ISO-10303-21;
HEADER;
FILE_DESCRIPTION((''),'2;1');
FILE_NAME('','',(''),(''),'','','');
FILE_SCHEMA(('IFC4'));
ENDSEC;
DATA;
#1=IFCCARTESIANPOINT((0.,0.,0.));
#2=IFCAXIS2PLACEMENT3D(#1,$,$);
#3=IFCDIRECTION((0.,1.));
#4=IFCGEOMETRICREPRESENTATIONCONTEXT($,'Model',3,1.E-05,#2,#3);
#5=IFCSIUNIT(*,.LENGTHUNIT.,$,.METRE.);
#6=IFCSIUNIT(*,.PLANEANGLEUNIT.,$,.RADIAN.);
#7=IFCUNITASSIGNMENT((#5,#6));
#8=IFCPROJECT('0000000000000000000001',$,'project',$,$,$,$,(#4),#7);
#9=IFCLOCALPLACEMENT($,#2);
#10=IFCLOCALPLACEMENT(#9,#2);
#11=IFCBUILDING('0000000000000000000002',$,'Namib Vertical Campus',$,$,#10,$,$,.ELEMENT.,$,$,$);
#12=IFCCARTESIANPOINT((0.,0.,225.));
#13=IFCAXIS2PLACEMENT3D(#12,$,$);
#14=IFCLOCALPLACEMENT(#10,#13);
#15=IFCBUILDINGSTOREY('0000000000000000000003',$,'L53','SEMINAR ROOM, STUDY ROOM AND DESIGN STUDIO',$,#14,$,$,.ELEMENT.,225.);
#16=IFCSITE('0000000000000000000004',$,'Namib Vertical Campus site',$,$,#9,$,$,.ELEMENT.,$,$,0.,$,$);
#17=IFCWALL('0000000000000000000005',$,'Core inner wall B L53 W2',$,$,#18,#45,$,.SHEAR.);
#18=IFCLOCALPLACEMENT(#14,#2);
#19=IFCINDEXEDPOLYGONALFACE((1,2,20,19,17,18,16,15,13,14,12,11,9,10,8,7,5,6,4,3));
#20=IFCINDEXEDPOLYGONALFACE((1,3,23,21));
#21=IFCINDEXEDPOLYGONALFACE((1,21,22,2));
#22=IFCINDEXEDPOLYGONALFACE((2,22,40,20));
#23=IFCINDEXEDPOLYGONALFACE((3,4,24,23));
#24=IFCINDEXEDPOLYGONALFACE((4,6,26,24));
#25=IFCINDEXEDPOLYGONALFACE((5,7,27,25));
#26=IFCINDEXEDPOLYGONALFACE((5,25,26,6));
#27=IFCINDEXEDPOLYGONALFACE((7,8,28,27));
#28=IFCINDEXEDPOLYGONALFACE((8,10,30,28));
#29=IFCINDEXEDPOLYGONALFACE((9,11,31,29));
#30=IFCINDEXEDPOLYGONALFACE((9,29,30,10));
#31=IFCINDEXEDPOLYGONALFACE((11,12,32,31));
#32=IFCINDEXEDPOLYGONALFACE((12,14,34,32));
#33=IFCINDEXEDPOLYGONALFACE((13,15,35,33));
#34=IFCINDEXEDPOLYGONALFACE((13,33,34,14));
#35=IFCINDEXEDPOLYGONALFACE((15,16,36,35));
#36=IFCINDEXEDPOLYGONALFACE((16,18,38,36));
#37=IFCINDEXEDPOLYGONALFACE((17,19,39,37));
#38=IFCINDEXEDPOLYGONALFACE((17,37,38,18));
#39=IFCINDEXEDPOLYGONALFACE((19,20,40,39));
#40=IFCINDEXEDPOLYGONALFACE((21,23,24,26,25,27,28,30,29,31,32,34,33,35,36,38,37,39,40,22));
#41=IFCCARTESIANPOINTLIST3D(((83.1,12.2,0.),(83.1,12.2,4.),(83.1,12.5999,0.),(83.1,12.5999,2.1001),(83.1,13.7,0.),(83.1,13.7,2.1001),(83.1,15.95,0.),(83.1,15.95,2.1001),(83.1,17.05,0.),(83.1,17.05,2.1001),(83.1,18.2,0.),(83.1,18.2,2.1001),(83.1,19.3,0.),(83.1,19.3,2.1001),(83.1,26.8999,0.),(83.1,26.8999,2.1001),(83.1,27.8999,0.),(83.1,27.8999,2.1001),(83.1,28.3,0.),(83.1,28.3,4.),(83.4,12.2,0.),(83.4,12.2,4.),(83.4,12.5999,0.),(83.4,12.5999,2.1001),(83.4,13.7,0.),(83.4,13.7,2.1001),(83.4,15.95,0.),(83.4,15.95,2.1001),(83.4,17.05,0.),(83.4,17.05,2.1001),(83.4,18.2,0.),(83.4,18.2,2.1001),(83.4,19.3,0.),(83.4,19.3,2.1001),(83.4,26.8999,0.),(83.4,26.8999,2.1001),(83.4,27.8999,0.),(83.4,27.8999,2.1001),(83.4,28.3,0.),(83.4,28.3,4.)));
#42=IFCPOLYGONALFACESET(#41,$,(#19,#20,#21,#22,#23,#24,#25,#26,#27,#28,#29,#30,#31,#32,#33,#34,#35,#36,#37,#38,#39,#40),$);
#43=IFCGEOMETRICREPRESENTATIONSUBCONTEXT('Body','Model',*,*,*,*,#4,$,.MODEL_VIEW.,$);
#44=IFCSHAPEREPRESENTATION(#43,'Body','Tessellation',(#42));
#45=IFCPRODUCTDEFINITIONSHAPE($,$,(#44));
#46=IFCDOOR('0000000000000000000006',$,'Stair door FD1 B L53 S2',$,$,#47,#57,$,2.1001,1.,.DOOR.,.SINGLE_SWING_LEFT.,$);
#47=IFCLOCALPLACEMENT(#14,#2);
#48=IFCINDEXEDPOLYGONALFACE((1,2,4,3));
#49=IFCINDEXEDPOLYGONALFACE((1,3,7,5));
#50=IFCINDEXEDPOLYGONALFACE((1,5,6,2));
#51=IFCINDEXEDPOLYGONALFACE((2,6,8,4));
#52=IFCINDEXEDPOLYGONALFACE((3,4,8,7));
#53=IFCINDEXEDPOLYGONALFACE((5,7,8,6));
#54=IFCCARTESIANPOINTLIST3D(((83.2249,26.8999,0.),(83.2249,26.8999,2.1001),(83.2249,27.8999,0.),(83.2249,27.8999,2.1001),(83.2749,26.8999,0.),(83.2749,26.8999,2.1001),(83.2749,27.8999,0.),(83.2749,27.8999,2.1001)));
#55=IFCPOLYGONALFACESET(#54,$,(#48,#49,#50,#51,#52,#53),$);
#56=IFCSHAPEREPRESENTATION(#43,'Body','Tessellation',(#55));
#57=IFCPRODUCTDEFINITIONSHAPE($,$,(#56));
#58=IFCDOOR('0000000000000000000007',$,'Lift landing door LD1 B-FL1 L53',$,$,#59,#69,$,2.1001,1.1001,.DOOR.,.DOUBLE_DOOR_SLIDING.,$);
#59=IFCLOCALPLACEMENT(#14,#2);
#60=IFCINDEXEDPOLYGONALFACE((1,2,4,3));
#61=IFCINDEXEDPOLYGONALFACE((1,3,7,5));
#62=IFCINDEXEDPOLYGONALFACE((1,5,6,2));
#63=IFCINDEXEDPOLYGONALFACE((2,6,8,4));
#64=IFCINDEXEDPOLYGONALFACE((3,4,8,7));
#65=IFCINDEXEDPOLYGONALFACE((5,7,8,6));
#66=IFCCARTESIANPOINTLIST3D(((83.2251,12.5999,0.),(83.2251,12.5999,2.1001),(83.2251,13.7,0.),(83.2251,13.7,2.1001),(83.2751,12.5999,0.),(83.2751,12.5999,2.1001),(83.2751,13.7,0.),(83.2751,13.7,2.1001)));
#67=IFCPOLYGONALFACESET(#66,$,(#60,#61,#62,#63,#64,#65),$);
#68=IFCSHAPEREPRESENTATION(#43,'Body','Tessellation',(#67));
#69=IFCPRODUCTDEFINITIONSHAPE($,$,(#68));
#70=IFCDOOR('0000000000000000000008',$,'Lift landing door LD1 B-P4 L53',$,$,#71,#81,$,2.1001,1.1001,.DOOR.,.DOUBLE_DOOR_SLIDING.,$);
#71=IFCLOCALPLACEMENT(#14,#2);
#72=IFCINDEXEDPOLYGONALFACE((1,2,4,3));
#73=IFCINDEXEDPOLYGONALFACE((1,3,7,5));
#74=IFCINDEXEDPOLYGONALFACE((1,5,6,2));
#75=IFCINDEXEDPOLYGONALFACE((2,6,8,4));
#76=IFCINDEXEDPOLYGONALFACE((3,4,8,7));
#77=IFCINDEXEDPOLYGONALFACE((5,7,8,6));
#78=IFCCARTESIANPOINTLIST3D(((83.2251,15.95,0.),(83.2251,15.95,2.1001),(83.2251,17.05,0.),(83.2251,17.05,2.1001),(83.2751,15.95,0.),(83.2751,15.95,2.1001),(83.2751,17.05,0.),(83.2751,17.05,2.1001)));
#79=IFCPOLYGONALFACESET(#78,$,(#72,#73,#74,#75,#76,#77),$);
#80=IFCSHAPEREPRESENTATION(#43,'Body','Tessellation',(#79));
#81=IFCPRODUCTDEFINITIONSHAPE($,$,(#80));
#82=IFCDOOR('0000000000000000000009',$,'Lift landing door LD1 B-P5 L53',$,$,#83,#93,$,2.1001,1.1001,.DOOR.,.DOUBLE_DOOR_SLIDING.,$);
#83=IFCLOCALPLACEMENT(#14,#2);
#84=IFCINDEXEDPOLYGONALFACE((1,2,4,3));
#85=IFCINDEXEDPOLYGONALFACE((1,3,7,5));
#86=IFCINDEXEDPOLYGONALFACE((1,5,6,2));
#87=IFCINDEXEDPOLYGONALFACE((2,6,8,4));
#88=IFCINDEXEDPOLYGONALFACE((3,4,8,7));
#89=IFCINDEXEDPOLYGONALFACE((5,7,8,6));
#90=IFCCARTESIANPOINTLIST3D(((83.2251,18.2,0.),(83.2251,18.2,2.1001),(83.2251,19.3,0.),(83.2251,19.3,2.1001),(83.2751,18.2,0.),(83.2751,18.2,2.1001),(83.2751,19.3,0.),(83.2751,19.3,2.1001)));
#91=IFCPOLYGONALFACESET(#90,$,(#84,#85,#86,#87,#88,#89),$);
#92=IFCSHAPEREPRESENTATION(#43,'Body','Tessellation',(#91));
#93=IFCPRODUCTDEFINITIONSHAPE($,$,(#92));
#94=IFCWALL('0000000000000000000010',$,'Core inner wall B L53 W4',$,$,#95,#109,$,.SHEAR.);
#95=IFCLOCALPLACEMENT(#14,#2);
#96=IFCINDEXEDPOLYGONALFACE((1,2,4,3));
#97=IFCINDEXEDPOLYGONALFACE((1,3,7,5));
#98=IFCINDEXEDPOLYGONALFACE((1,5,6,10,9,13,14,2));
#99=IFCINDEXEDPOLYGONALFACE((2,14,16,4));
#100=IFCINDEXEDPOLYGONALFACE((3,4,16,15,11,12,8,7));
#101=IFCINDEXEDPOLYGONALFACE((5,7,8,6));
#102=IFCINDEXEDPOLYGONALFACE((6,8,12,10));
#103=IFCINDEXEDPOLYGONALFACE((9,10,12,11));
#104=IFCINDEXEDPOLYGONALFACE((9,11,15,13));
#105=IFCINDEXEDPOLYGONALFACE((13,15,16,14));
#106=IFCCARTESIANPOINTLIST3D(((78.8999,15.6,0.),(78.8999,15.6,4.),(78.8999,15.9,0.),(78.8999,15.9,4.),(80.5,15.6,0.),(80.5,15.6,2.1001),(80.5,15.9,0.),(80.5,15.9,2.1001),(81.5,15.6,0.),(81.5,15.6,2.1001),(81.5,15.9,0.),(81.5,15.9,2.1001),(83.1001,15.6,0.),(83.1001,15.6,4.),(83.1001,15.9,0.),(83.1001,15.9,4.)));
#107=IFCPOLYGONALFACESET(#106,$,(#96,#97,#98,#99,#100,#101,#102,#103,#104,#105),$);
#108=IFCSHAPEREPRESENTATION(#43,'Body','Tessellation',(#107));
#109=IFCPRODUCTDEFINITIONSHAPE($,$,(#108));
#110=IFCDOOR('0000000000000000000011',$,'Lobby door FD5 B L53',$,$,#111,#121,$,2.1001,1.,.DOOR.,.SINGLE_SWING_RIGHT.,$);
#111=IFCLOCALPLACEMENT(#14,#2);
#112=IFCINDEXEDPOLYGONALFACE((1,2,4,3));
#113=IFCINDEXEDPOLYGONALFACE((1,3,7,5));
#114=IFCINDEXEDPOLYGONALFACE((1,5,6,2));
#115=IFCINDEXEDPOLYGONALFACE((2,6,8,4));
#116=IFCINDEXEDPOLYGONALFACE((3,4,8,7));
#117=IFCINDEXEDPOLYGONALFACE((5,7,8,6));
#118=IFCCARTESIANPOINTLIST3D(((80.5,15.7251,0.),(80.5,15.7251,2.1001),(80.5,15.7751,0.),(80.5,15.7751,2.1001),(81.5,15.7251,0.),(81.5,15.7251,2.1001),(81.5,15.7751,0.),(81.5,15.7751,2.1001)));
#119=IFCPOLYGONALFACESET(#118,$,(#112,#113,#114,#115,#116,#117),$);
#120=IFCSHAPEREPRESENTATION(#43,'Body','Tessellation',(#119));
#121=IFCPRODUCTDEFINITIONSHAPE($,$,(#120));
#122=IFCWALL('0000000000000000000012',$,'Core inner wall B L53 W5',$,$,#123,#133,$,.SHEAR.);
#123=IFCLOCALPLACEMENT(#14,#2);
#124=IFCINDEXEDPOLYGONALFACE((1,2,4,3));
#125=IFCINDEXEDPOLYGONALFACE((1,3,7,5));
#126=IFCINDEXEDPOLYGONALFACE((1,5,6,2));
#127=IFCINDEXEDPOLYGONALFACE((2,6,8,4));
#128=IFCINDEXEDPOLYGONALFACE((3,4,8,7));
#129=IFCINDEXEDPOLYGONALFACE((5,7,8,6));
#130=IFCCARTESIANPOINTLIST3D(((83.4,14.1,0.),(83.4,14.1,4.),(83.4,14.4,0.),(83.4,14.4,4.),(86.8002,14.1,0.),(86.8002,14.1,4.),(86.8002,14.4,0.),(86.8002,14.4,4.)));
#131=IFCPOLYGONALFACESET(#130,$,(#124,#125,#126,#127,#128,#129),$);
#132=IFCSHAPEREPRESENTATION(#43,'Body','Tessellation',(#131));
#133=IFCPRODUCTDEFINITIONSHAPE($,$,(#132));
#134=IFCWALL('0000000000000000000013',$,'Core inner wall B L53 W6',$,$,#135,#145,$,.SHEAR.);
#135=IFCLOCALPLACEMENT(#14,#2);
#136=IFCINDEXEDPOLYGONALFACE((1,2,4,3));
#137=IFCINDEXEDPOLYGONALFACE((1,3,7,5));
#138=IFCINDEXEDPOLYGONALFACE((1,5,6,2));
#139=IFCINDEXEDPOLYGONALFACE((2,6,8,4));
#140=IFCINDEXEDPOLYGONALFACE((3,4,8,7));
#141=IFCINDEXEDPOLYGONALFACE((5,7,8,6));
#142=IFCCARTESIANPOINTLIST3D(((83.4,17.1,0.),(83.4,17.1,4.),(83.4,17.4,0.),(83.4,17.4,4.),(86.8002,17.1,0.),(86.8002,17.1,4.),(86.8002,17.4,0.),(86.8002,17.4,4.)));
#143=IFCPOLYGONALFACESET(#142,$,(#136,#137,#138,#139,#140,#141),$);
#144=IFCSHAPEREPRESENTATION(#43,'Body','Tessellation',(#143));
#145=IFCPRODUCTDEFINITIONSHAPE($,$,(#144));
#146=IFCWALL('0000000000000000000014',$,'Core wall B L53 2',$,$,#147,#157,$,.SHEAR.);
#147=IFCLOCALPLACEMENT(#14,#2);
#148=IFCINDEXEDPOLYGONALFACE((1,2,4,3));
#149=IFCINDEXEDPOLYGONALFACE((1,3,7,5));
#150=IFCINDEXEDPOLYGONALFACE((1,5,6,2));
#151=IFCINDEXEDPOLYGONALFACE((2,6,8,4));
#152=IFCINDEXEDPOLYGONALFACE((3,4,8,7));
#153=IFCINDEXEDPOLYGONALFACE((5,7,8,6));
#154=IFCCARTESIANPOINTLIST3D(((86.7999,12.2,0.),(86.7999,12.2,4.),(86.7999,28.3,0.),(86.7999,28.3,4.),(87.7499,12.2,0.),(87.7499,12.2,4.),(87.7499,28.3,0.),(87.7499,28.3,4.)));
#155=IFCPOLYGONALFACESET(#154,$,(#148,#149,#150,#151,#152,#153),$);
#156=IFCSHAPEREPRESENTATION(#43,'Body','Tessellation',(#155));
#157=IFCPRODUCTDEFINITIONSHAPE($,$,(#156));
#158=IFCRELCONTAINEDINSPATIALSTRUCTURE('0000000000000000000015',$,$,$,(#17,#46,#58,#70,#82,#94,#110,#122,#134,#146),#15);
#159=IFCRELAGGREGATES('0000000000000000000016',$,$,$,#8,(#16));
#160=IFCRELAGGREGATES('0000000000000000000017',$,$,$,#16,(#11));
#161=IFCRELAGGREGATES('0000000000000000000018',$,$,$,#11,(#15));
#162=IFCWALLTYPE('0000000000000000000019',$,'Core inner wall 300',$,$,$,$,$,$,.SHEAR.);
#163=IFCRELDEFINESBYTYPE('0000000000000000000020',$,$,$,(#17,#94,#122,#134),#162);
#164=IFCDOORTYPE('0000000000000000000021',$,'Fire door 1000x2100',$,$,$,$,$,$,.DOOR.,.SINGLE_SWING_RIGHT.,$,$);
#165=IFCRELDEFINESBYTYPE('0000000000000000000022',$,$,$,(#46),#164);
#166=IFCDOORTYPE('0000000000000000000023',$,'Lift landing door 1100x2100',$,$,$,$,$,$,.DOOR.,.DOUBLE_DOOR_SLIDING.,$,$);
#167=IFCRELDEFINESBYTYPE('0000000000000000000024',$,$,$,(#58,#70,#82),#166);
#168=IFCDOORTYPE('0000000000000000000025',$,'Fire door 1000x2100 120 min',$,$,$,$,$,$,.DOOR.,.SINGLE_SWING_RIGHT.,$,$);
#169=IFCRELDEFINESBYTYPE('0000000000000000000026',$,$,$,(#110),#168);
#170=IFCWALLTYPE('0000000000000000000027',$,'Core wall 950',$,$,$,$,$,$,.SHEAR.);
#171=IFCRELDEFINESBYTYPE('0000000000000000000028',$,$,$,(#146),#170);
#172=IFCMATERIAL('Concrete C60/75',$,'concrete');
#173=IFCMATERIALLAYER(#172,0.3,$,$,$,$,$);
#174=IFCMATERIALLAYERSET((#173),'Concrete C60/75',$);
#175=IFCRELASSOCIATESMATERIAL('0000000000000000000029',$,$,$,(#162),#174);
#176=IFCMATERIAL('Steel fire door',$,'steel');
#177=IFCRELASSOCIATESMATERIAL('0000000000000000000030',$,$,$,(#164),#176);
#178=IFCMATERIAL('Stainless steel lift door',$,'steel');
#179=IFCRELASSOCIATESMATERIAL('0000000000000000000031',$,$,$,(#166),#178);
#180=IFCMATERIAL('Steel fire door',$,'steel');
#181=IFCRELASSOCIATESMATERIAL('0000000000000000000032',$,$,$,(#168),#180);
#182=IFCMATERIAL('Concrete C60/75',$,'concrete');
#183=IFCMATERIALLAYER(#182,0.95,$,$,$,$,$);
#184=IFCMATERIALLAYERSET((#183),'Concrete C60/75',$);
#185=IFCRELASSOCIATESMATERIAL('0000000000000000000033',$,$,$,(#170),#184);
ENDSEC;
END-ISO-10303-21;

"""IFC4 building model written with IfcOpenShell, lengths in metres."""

from ifc_helpers import new_model, si_unit, direction, frame, frame_2d, origin, place, context, subcontext, project, spatial, rectangle, extrude, material, layer, layer_set, type_object, element, fill, save


model = new_model("IFC4")

# Units and contexts
model_context = context("Model", 3, precision=1e-05, world=origin(), true_north=direction((0.0, 1.0)))
body_context = subcontext(model_context, "Body", "Model", "MODEL_VIEW")
ifc_project = project(units=[si_unit("LENGTHUNIT", "METRE"), si_unit("PLANEANGLEUNIT", "RADIAN")], contexts=[model_context])

# Site, building, storey
site_placement = place(None, origin())
site = spatial("IfcSite", under=ifc_project, at=site_placement, Name="Namib Vertical Campus site", CompositionType="ELEMENT", RefElevation=0.0)
building_placement = place(site_placement, origin())
building = spatial("IfcBuilding", under=site, at=building_placement, Name="Namib Vertical Campus", CompositionType="ELEMENT")
storey_placement = place(building_placement, frame((0.0, 0.0, 225.0)))
storey = spatial("IfcBuildingStorey", under=building, at=storey_placement, Name="L53", Description="SEMINAR ROOM, STUDY ROOM AND DESIGN STUDIO", CompositionType="ELEMENT", Elevation=225.0)

# Wall, openings, doors
ifc_material_1 = material(Name="Concrete C60/75", Category="concrete")
ifc_layer_1 = layer(ifc_material_1, 0.3)
ifc_layer_set_1 = layer_set([ifc_layer_1], Name="Concrete C60/75")
wall_type_1 = type_object("IfcWallType", Name="Core inner wall 300", PredefinedType="SHEAR", material=ifc_layer_set_1)
ifc_material_2 = material(Name="Steel fire door", Category="steel")
door_type_1 = type_object("IfcDoorType", Name="Fire door 1000x2100", OperationType="SINGLE_SWING_RIGHT", PredefinedType="DOOR", material=ifc_material_2)
ifc_material_3 = material(Name="Stainless steel lift door", Category="steel")
door_type_2 = type_object("IfcDoorType", Name="Lift landing door 1100x2100", OperationType="DOUBLE_DOOR_SLIDING", PredefinedType="DOOR", material=ifc_material_3)
wall_1_placement = place(storey_placement, frame((83.25, 12.2, 0.0), z_axis=(0.0, 0.0, 1.0), x_axis=(0.0, 1.0, 0.0)))
wall_1 = element("IfcWall", 1, at=wall_1_placement, inside=storey, type_object=wall_type_1, Name="Core inner wall B L53 W2", PredefinedType="SHEAR", context=body_context, shape_type="SweptSolid", body=[
    extrude(rectangle(XDim=16.1001, YDim=0.3, at=frame_2d((8.05, 0.0))), origin(), (0.0, 0.0, 1.0), 4.0),
])
opening_1_placement = place(wall_1_placement, frame((14.7, 0.0, 0.0)))
opening_1 = element("IfcOpeningElement", 2, at=opening_1_placement, cuts=wall_1, PredefinedType="OPENING", context=body_context, shape_type="SweptSolid", body=[
    extrude(rectangle(XDim=1.0, YDim=2.1001, at=frame_2d((0.5, 1.05))), frame((0.0, 0.1599, 0.0), z_axis=(0.0, -1.0, 0.0), x_axis=(1.0, 0.0, 0.0)), (0.0, 0.0, 1.0), 0.3201),
])
opening_2_placement = place(wall_1_placement, frame((0.3999, 0.0, 0.0)))
opening_2 = element("IfcOpeningElement", 3, at=opening_2_placement, cuts=wall_1, PredefinedType="OPENING", context=body_context, shape_type="SweptSolid", body=[
    extrude(rectangle(XDim=1.1001, YDim=2.1001, at=frame_2d((0.55, 1.05))), frame((0.0, 0.1599, 0.0), z_axis=(0.0, -1.0, 0.0), x_axis=(1.0, 0.0, 0.0)), (0.0, 0.0, 1.0), 0.3201),
])
opening_3_placement = place(wall_1_placement, frame((3.75, 0.0, 0.0)))
opening_3 = element("IfcOpeningElement", 4, at=opening_3_placement, cuts=wall_1, PredefinedType="OPENING", context=body_context, shape_type="SweptSolid", body=[
    extrude(rectangle(XDim=1.1001, YDim=2.1001, at=frame_2d((0.55, 1.05))), frame((0.0, 0.1599, 0.0), z_axis=(0.0, -1.0, 0.0), x_axis=(1.0, 0.0, 0.0)), (0.0, 0.0, 1.0), 0.3201),
])
opening_4_placement = place(wall_1_placement, frame((6.0, 0.0, 0.0)))
opening_4 = element("IfcOpeningElement", 5, at=opening_4_placement, cuts=wall_1, PredefinedType="OPENING", context=body_context, shape_type="SweptSolid", body=[
    extrude(rectangle(XDim=1.1001, YDim=2.1001, at=frame_2d((0.55, 1.05))), frame((0.0, 0.1599, 0.0), z_axis=(0.0, -1.0, 0.0), x_axis=(1.0, 0.0, 0.0)), (0.0, 0.0, 1.0), 0.3201),
])
door_1_placement = place(opening_1_placement, frame((1.0, 0.0, 0.0), z_axis=(0.0, 0.0, 1.0), x_axis=(-1.0, 0.0, 0.0)))
door_1 = element("IfcDoor", 6, at=door_1_placement, inside=storey, type_object=door_type_1, Name="Stair door FD1 B L53 S2", OperationType="SINGLE_SWING_LEFT", OverallHeight=2.1001, OverallWidth=1.0, PredefinedType="DOOR", context=body_context, shape_type="SweptSolid", body=[
    extrude(rectangle(XDim=1.0, YDim=2.1001, at=frame_2d((0.5, 1.05))), frame((0.0, 0.0249, 0.0), z_axis=(0.0, -1.0, 0.0), x_axis=(1.0, 0.0, 0.0)), (0.0, 0.0, 1.0), 0.05),
])
fill(opening_1, door_1)
door_2_placement = place(opening_2_placement, origin())
door_2 = element("IfcDoor", 7, at=door_2_placement, inside=storey, type_object=door_type_2, Name="Lift landing door LD1 B-FL1 L53", OperationType="DOUBLE_DOOR_SLIDING", OverallHeight=2.1001, OverallWidth=1.1001, PredefinedType="DOOR", context=body_context, shape_type="SweptSolid", body=[
    extrude(rectangle(XDim=1.1001, YDim=2.1001, at=frame_2d((0.55, 1.05))), frame((0.0, 0.0249, 0.0), z_axis=(0.0, -1.0, 0.0), x_axis=(1.0, 0.0, 0.0)), (0.0, 0.0, 1.0), 0.05),
])
fill(opening_2, door_2)
door_3_placement = place(opening_3_placement, origin())
door_3 = element("IfcDoor", 8, at=door_3_placement, inside=storey, type_object=door_type_2, Name="Lift landing door LD1 B-P4 L53", OperationType="DOUBLE_DOOR_SLIDING", OverallHeight=2.1001, OverallWidth=1.1001, PredefinedType="DOOR", context=body_context, shape_type="SweptSolid", body=[
    extrude(rectangle(XDim=1.1001, YDim=2.1001, at=frame_2d((0.55, 1.05))), frame((0.0, 0.0249, 0.0), z_axis=(0.0, -1.0, 0.0), x_axis=(1.0, 0.0, 0.0)), (0.0, 0.0, 1.0), 0.05),
])
fill(opening_3, door_3)
door_4_placement = place(opening_4_placement, origin())
door_4 = element("IfcDoor", 9, at=door_4_placement, inside=storey, type_object=door_type_2, Name="Lift landing door LD1 B-P5 L53", OperationType="DOUBLE_DOOR_SLIDING", OverallHeight=2.1001, OverallWidth=1.1001, PredefinedType="DOOR", context=body_context, shape_type="SweptSolid", body=[
    extrude(rectangle(XDim=1.1001, YDim=2.1001, at=frame_2d((0.55, 1.05))), frame((0.0, 0.0249, 0.0), z_axis=(0.0, -1.0, 0.0), x_axis=(1.0, 0.0, 0.0)), (0.0, 0.0, 1.0), 0.05),
])
fill(opening_4, door_4)

# Wall, opening, door
wall_2_placement = place(storey_placement, frame((78.8999, 15.75, 0.0), z_axis=(0.0, 0.0, 1.0), x_axis=(1.0, 0.0, 0.0)))
wall_2 = element("IfcWall", 10, at=wall_2_placement, inside=storey, type_object=wall_type_1, Name="Core inner wall B L53 W4", PredefinedType="SHEAR", context=body_context, shape_type="SweptSolid", body=[
    extrude(rectangle(XDim=4.2002, YDim=0.3, at=frame_2d((2.1001, 0.0))), origin(), (0.0, 0.0, 1.0), 4.0),
])
opening_5_placement = place(wall_2_placement, frame((1.6001, 0.0, 0.0)))
opening_5 = element("IfcOpeningElement", 11, at=opening_5_placement, cuts=wall_2, PredefinedType="OPENING", context=body_context, shape_type="SweptSolid", body=[
    extrude(rectangle(XDim=1.0, YDim=2.1001, at=frame_2d((0.5, 1.05))), frame((0.0, 0.1599, 0.0), z_axis=(0.0, -1.0, 0.0), x_axis=(1.0, 0.0, 0.0)), (0.0, 0.0, 1.0), 0.3201),
])
ifc_material_4 = material(Name="Steel fire door", Category="steel")
door_type_3 = type_object("IfcDoorType", Name="Fire door 1000x2100 120 min", OperationType="SINGLE_SWING_RIGHT", PredefinedType="DOOR", material=ifc_material_4)
door_5_placement = place(opening_5_placement, frame((1.0, 0.0, 0.0), z_axis=(0.0, 0.0, 1.0), x_axis=(-1.0, 0.0, 0.0)))
door_5 = element("IfcDoor", 12, at=door_5_placement, inside=storey, type_object=door_type_3, Name="Lobby door FD5 B L53", OperationType="SINGLE_SWING_RIGHT", OverallHeight=2.1001, OverallWidth=1.0, PredefinedType="DOOR", context=body_context, shape_type="SweptSolid", body=[
    extrude(rectangle(XDim=1.0, YDim=2.1001, at=frame_2d((0.5, 1.05))), frame((0.0, 0.0249, 0.0), z_axis=(0.0, -1.0, 0.0), x_axis=(1.0, 0.0, 0.0)), (0.0, 0.0, 1.0), 0.05),
])
fill(opening_5, door_5)

# Walls
for number, where, z_axis, x_axis, name in (
    (13, (83.3999, 14.25, 0.0), (0.0, 0.0, 1.0), (1.0, 0.0, 0.0), "Core inner wall B L53 W5"),
    (14, (83.3999, 17.25, 0.0), (0.0, 0.0, 1.0), (1.0, 0.0, 0.0), "Core inner wall B L53 W6"),
):
    element("IfcWall", number, at=place(storey_placement, frame(where, z_axis=z_axis, x_axis=x_axis)), inside=storey, type_object=wall_type_1, Name=name, PredefinedType="SHEAR", context=body_context, shape_type="SweptSolid", body=[
        extrude(rectangle(XDim=3.4001, YDim=0.3, at=frame_2d((1.7002, 0.0))), origin(), (0.0, 0.0, 1.0), 4.0),
    ])
ifc_material_5 = material(Name="Concrete C60/75", Category="concrete")
ifc_layer_2 = layer(ifc_material_5, 0.95)
ifc_layer_set_2 = layer_set([ifc_layer_2], Name="Concrete C60/75")
wall_type_2 = type_object("IfcWallType", Name="Core wall 950", PredefinedType="SHEAR", material=ifc_layer_set_2)
wall_3_placement = place(storey_placement, frame((87.2749, 12.2, 0.0), z_axis=(0.0, 0.0, 1.0), x_axis=(0.0, 1.0, 0.0)))
element("IfcWall", 15, at=wall_3_placement, inside=storey, type_object=wall_type_2, Name="Core wall B L53 2", PredefinedType="SHEAR", context=body_context, shape_type="SweptSolid", body=[
    extrude(rectangle(XDim=16.1001, YDim=0.95, at=frame_2d((8.05, 0.0))), origin(), (0.0, 0.0, 1.0), 4.0),
])

save(model, "model.ifc")
